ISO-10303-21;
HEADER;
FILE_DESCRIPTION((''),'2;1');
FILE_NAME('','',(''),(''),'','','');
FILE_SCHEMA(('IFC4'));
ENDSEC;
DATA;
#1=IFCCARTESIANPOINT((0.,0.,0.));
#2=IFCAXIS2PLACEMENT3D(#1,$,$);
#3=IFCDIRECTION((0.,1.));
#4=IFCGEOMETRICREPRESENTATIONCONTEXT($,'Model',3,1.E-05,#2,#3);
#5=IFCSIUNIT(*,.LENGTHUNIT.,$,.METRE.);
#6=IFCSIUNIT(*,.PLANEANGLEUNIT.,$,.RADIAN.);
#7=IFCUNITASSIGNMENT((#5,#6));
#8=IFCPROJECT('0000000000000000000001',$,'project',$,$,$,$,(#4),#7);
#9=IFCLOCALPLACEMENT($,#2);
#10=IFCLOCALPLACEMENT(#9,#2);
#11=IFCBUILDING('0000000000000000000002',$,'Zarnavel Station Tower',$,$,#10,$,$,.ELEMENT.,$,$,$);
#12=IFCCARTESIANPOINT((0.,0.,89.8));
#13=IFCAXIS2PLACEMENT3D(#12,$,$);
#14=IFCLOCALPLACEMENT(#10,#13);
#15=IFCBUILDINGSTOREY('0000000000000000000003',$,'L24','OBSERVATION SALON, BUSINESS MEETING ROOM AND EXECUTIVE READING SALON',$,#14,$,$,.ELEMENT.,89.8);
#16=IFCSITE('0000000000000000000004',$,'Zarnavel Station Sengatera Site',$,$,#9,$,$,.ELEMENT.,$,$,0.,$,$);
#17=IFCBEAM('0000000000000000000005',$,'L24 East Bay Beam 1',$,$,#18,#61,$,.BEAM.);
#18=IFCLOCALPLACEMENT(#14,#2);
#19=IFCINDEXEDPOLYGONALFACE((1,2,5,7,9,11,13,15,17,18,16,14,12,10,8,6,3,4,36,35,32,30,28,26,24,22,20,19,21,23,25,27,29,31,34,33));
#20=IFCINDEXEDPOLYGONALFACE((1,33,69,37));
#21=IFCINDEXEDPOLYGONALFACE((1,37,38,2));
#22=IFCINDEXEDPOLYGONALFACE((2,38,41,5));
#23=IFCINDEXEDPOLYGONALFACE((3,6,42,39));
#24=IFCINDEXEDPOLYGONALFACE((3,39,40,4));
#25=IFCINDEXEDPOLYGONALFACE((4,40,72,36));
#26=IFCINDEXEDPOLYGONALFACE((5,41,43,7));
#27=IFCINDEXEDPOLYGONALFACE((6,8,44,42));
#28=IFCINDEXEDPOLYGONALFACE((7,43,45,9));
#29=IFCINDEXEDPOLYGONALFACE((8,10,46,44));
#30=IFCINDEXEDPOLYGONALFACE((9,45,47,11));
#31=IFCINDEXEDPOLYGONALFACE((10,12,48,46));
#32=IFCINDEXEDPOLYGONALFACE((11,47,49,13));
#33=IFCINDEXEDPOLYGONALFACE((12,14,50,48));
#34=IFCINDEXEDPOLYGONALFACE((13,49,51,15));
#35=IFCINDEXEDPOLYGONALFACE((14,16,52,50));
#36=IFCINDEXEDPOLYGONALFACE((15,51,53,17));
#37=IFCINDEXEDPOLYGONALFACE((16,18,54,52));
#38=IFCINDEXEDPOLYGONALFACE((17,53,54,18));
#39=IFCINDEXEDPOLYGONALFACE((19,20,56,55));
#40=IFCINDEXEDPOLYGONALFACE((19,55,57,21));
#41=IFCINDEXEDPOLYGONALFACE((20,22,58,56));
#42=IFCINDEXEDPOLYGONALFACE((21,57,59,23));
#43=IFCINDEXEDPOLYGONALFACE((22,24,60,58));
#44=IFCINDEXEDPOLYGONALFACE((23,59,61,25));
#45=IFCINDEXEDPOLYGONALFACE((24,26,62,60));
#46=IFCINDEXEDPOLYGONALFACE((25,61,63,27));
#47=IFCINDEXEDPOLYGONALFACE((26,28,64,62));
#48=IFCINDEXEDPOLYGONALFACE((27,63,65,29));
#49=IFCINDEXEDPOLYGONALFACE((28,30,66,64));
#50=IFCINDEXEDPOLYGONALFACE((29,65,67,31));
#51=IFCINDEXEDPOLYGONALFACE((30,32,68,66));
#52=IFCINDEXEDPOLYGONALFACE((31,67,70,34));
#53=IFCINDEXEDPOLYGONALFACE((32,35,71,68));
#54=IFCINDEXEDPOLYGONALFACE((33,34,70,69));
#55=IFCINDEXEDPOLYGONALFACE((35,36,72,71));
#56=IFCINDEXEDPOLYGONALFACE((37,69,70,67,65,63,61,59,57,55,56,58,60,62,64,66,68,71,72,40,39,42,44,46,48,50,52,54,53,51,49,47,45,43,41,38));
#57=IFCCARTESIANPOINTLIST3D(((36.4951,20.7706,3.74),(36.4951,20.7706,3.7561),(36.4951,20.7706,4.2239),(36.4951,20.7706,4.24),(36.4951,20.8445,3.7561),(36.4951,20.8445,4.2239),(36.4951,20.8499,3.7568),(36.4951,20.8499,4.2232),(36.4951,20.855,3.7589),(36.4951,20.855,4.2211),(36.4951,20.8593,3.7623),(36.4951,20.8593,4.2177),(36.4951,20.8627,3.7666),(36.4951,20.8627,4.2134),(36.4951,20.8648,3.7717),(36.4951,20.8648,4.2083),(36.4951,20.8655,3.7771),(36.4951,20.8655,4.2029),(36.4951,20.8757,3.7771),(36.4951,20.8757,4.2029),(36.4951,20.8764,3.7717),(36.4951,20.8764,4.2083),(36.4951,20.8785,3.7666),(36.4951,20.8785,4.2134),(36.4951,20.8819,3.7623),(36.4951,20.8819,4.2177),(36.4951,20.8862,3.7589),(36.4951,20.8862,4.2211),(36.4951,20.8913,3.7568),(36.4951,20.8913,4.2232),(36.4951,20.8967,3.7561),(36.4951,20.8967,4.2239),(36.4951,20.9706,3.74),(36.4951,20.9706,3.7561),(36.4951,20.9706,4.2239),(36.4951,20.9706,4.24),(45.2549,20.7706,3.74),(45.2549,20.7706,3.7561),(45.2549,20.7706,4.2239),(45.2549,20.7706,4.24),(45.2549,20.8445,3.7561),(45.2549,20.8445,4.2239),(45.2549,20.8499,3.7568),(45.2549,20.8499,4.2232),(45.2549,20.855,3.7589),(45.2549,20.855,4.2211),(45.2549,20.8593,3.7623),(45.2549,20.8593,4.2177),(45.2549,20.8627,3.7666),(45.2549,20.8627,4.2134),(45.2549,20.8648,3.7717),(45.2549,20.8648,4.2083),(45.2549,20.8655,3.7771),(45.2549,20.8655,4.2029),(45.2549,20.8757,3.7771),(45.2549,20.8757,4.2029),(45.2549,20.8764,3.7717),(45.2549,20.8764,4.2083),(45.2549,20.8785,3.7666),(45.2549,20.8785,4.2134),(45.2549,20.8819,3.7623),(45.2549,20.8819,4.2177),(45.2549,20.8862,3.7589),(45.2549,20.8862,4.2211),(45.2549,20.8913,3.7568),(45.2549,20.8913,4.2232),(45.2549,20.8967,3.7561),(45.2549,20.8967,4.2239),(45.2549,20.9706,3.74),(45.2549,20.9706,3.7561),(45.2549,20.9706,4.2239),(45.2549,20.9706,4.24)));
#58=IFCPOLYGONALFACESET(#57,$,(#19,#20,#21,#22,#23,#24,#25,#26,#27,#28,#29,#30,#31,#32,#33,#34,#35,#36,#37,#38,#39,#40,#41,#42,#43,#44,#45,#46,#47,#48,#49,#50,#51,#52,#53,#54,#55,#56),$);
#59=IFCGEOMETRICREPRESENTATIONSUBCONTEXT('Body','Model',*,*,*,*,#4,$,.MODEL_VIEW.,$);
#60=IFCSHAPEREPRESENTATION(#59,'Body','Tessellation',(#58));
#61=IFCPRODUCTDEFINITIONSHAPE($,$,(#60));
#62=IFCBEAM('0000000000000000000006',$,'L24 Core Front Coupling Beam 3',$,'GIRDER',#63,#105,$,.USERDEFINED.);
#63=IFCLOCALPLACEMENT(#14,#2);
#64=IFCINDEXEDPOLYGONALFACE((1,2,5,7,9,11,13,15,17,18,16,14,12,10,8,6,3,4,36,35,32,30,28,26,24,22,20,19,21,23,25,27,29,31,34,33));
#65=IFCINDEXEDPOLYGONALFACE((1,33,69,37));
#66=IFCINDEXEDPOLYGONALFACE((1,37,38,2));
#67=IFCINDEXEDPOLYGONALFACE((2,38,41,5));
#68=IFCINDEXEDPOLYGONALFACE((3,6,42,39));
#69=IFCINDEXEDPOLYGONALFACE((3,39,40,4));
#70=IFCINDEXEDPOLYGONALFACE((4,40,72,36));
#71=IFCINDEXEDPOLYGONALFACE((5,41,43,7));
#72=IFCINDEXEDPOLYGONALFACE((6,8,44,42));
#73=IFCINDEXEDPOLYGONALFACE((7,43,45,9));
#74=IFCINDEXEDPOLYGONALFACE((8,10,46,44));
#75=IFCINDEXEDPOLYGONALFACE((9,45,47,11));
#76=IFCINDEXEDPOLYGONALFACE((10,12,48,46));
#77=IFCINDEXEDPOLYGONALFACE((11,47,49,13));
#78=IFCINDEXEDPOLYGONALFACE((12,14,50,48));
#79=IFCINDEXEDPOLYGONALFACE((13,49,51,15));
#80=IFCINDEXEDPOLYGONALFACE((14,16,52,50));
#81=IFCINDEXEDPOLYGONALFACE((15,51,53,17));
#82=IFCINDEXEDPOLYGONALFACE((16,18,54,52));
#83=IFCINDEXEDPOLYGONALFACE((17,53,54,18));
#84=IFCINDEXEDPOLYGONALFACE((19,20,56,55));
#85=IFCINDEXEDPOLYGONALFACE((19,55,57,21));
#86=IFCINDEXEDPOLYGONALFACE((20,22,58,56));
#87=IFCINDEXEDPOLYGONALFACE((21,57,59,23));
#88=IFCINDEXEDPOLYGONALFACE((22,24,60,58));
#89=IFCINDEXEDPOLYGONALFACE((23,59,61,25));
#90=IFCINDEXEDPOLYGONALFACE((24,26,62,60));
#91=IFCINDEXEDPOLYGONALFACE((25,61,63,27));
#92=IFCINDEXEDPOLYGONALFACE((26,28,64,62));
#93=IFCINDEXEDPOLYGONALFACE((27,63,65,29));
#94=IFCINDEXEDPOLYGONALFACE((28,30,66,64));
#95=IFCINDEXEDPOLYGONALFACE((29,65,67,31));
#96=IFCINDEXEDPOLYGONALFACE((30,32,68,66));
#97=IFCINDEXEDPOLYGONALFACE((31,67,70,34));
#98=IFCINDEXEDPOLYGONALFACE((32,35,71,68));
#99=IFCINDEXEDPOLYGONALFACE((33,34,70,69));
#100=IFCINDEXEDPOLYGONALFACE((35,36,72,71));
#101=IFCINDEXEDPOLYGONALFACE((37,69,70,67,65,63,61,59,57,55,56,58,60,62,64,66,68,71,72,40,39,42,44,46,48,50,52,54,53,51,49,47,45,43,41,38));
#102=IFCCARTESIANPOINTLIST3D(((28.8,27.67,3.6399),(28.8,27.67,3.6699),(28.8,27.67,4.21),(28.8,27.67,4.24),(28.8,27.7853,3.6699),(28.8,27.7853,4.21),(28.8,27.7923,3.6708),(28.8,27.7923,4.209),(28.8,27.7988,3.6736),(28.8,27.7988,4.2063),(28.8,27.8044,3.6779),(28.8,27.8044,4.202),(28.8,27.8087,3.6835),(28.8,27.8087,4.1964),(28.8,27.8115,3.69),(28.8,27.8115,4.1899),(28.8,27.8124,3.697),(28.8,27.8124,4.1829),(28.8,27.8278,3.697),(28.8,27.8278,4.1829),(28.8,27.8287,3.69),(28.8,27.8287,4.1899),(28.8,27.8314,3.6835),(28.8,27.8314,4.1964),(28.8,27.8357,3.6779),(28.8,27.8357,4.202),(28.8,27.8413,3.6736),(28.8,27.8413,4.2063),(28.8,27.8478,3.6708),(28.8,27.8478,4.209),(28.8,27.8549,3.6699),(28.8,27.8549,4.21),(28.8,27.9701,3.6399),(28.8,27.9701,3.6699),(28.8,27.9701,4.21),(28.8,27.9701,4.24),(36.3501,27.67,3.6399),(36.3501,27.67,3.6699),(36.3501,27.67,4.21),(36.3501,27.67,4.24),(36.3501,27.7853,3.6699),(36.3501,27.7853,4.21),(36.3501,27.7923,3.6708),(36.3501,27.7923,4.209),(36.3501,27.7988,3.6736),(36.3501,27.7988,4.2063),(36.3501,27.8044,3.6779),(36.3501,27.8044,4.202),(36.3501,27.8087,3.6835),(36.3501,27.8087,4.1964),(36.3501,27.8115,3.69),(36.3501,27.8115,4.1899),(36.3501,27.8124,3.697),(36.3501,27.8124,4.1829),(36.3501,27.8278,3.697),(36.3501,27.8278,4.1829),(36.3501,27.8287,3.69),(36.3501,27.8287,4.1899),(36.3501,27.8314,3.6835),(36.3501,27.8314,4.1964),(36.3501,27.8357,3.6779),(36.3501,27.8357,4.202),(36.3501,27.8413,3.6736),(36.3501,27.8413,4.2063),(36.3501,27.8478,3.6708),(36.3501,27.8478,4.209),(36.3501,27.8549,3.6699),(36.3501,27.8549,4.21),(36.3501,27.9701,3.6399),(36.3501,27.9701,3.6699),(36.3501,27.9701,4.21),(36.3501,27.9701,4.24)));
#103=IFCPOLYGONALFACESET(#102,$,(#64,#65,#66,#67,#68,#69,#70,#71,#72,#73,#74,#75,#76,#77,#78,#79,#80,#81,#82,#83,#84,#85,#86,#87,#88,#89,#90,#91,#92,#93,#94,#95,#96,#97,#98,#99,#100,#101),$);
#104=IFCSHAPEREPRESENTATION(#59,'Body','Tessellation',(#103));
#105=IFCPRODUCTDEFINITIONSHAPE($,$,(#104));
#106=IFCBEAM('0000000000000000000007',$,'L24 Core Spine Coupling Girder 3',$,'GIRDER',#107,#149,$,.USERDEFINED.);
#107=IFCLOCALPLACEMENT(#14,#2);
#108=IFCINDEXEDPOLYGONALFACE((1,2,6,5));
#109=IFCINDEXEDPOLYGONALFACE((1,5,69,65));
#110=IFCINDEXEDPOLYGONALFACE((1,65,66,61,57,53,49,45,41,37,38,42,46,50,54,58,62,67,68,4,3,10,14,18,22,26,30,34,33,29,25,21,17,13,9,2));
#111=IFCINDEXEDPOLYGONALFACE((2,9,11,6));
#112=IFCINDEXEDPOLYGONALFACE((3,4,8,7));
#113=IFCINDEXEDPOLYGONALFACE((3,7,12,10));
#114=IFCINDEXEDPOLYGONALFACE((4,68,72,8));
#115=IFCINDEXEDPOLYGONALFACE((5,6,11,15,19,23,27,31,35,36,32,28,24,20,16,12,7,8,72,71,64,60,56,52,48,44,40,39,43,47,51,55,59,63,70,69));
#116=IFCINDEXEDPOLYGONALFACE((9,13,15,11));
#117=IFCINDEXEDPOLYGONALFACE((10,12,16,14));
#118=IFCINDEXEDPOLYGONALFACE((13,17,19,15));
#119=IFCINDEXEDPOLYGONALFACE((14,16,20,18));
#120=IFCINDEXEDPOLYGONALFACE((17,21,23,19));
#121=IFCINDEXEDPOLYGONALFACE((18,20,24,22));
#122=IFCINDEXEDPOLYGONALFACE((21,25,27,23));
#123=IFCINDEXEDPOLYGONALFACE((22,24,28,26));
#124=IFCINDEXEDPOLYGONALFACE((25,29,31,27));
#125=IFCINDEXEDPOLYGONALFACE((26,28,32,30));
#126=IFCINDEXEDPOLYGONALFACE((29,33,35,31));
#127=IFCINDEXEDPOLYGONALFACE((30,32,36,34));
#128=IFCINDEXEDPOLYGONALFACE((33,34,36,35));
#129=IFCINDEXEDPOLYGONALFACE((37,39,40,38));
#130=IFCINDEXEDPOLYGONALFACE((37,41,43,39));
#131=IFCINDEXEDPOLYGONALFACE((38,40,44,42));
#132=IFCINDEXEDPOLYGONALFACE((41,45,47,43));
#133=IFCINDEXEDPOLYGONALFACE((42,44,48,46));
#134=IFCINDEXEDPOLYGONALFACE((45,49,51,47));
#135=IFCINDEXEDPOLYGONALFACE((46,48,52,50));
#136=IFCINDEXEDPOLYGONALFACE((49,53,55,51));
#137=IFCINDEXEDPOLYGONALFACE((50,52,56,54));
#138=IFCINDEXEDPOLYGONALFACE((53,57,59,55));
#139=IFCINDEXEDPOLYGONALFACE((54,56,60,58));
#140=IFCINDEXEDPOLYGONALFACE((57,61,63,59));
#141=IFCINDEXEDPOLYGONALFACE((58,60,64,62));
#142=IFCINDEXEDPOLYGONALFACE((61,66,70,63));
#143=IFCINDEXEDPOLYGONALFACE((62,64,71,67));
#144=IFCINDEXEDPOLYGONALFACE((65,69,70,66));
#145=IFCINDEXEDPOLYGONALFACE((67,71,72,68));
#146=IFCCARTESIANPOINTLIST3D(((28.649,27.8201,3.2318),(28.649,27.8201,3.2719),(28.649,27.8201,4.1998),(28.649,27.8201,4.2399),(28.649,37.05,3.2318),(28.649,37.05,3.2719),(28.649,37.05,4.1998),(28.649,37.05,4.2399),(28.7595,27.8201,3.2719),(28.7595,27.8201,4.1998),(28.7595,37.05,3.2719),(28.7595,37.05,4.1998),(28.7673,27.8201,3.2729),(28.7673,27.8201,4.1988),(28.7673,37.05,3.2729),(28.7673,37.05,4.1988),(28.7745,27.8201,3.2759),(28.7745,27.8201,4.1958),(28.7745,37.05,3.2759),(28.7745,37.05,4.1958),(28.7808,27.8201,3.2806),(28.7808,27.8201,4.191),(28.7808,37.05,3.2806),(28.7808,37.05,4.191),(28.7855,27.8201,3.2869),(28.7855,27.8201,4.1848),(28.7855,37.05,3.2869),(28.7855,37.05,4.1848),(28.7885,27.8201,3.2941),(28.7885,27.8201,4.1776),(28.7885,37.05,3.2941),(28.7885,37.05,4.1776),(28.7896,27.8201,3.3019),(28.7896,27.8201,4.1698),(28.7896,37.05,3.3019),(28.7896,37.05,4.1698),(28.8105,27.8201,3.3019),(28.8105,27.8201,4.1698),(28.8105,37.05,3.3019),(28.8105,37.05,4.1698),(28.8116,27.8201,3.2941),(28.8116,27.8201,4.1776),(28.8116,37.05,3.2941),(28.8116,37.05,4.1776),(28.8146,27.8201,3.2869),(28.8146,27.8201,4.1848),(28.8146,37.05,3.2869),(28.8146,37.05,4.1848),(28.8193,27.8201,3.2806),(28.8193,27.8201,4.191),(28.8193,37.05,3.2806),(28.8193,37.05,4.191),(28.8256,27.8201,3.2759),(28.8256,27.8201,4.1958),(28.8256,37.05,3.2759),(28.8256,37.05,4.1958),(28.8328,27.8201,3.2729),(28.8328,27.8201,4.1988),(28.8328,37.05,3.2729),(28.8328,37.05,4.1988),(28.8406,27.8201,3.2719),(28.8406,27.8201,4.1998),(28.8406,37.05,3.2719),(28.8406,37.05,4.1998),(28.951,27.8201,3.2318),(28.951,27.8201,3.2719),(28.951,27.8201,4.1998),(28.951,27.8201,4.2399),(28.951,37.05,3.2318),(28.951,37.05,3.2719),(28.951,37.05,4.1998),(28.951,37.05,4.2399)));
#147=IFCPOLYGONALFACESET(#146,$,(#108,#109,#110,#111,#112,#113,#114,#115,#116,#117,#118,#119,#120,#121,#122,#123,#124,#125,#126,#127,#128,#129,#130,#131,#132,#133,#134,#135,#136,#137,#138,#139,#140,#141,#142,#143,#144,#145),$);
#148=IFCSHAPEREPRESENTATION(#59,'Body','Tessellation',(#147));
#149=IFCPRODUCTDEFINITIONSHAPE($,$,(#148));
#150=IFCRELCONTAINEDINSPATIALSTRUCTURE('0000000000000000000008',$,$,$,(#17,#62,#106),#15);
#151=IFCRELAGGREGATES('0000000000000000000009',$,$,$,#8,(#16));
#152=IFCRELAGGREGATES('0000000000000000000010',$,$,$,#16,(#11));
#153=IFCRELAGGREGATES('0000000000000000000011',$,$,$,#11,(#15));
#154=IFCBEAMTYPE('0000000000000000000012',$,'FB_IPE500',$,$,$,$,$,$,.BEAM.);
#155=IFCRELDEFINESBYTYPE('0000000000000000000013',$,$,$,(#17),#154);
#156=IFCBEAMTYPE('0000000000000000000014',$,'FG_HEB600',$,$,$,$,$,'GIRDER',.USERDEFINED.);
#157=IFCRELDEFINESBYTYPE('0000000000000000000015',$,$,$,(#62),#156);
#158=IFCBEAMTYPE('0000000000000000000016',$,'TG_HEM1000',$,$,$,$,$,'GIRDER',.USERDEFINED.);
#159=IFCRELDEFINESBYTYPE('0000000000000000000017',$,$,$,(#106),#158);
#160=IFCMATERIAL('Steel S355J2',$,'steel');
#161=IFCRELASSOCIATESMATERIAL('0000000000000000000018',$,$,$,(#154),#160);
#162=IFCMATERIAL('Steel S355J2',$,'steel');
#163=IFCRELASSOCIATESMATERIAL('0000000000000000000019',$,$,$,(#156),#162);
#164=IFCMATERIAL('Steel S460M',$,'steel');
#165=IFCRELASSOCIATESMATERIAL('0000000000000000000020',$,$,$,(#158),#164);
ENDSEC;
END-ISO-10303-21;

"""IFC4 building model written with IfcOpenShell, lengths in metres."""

from ifc_helpers import new_model, si_unit, direction, frame, origin, origin_2d, place, context, subcontext, project, spatial, i_section, extrude, material, material_profile, profile_set, type_object, element, save


model = new_model("IFC4")

# Units and contexts
model_context = context("Model", 3, precision=1e-05, world=origin(), true_north=direction((0.0, 1.0)))
body_context = subcontext(model_context, "Body", "Model", "MODEL_VIEW")
ifc_project = project(units=[si_unit("LENGTHUNIT", "METRE"), si_unit("PLANEANGLEUNIT", "RADIAN")], contexts=[model_context])

# Site, building, storey
site_placement = place(None, origin())
site = spatial("IfcSite", under=ifc_project, at=site_placement, Name="Zarnavel Station Sengatera Site", CompositionType="ELEMENT", RefElevation=0.0)
building_placement = place(site_placement, origin())
building = spatial("IfcBuilding", under=site, at=building_placement, Name="Zarnavel Station Tower", CompositionType="ELEMENT")
storey_placement = place(building_placement, frame((0.0, 0.0, 89.8)))
storey = spatial("IfcBuildingStorey", under=building, at=storey_placement, Name="L24", Description="OBSERVATION SALON, BUSINESS MEETING ROOM AND EXECUTIVE READING SALON", CompositionType="ELEMENT", Elevation=89.8)

# Beams
ifc_material_1 = material(Name="Steel S355J2", Category="steel")
ifc_material_profile_1 = material_profile(ifc_material_1, i_section(OverallWidth=0.2, OverallDepth=0.5, WebThickness=0.0103, FlangeThickness=0.0161, FilletRadius=0.021, at=origin_2d()), Name="IPE500")
ifc_profile_set_1 = profile_set([ifc_material_profile_1], Name="Steel S355J2")
beam_type_1 = type_object("IfcBeamType", Name="FB_IPE500", PredefinedType="BEAM", material=ifc_profile_set_1)
beam_1_placement = place(storey_placement, frame((36.4951, 20.8706, 3.99), z_axis=(1.0, 0.0, 0.0), x_axis=(0.0, 1.0, 0.0)))
element("IfcBeam", 1, at=beam_1_placement, inside=storey, type_object=beam_type_1, Name="L24 East Bay Beam 1", PredefinedType="BEAM", context=body_context, shape_type="SweptSolid", body=[
    extrude(i_section(OverallWidth=0.2, OverallDepth=0.5, WebThickness=0.0103, FlangeThickness=0.0161, FilletRadius=0.021, at=origin_2d()), origin(), (0.0, 0.0, 1.0), 8.7598),
])
ifc_material_2 = material(Name="Steel S355J2", Category="steel")
ifc_material_profile_2 = material_profile(ifc_material_2, i_section(OverallWidth=0.3, OverallDepth=0.6001, WebThickness=0.0154, FlangeThickness=0.03, FilletRadius=0.0271, at=origin_2d()), Name="HEB600")
ifc_profile_set_2 = profile_set([ifc_material_profile_2], Name="Steel S355J2")
beam_type_2 = type_object("IfcBeamType", Name="FG_HEB600", ElementType="GIRDER", PredefinedType="USERDEFINED", material=ifc_profile_set_2)
beam_2_placement = place(storey_placement, frame((28.8, 27.8201, 3.9399), z_axis=(1.0, 0.0, 0.0), x_axis=(0.0, 1.0, 0.0)))
element("IfcBeam", 2, at=beam_2_placement, inside=storey, type_object=beam_type_2, Name="L24 Core Front Coupling Beam 3", ObjectType="GIRDER", PredefinedType="USERDEFINED", context=body_context, shape_type="SweptSolid", body=[
    extrude(i_section(OverallWidth=0.3, OverallDepth=0.6001, WebThickness=0.0154, FlangeThickness=0.03, FilletRadius=0.0271, at=origin_2d()), origin(), (0.0, 0.0, 1.0), 7.55),
])
ifc_material_3 = material(Name="Steel S460M", Category="steel")
ifc_material_profile_3 = material_profile(ifc_material_3, i_section(OverallWidth=0.302, OverallDepth=1.0081, WebThickness=0.021, FlangeThickness=0.04, FilletRadius=0.03, at=origin_2d()), Name="HEM1000")
ifc_profile_set_3 = profile_set([ifc_material_profile_3], Name="Steel S460M")
beam_type_3 = type_object("IfcBeamType", Name="TG_HEM1000", ElementType="GIRDER", PredefinedType="USERDEFINED", material=ifc_profile_set_3)
beam_3_placement = place(storey_placement, frame((28.8, 27.8201, 3.7358), z_axis=(0.0, 1.0, 0.0), x_axis=(-1.0, 0.0, 0.0)))
element("IfcBeam", 3, at=beam_3_placement, inside=storey, type_object=beam_type_3, Name="L24 Core Spine Coupling Girder 3", ObjectType="GIRDER", PredefinedType="USERDEFINED", context=body_context, shape_type="SweptSolid", body=[
    extrude(i_section(OverallWidth=0.302, OverallDepth=1.0081, WebThickness=0.021, FlangeThickness=0.04, FilletRadius=0.03, at=origin_2d()), origin(), (0.0, 0.0, 1.0), 9.23),
])

save(model, "model.ifc")
